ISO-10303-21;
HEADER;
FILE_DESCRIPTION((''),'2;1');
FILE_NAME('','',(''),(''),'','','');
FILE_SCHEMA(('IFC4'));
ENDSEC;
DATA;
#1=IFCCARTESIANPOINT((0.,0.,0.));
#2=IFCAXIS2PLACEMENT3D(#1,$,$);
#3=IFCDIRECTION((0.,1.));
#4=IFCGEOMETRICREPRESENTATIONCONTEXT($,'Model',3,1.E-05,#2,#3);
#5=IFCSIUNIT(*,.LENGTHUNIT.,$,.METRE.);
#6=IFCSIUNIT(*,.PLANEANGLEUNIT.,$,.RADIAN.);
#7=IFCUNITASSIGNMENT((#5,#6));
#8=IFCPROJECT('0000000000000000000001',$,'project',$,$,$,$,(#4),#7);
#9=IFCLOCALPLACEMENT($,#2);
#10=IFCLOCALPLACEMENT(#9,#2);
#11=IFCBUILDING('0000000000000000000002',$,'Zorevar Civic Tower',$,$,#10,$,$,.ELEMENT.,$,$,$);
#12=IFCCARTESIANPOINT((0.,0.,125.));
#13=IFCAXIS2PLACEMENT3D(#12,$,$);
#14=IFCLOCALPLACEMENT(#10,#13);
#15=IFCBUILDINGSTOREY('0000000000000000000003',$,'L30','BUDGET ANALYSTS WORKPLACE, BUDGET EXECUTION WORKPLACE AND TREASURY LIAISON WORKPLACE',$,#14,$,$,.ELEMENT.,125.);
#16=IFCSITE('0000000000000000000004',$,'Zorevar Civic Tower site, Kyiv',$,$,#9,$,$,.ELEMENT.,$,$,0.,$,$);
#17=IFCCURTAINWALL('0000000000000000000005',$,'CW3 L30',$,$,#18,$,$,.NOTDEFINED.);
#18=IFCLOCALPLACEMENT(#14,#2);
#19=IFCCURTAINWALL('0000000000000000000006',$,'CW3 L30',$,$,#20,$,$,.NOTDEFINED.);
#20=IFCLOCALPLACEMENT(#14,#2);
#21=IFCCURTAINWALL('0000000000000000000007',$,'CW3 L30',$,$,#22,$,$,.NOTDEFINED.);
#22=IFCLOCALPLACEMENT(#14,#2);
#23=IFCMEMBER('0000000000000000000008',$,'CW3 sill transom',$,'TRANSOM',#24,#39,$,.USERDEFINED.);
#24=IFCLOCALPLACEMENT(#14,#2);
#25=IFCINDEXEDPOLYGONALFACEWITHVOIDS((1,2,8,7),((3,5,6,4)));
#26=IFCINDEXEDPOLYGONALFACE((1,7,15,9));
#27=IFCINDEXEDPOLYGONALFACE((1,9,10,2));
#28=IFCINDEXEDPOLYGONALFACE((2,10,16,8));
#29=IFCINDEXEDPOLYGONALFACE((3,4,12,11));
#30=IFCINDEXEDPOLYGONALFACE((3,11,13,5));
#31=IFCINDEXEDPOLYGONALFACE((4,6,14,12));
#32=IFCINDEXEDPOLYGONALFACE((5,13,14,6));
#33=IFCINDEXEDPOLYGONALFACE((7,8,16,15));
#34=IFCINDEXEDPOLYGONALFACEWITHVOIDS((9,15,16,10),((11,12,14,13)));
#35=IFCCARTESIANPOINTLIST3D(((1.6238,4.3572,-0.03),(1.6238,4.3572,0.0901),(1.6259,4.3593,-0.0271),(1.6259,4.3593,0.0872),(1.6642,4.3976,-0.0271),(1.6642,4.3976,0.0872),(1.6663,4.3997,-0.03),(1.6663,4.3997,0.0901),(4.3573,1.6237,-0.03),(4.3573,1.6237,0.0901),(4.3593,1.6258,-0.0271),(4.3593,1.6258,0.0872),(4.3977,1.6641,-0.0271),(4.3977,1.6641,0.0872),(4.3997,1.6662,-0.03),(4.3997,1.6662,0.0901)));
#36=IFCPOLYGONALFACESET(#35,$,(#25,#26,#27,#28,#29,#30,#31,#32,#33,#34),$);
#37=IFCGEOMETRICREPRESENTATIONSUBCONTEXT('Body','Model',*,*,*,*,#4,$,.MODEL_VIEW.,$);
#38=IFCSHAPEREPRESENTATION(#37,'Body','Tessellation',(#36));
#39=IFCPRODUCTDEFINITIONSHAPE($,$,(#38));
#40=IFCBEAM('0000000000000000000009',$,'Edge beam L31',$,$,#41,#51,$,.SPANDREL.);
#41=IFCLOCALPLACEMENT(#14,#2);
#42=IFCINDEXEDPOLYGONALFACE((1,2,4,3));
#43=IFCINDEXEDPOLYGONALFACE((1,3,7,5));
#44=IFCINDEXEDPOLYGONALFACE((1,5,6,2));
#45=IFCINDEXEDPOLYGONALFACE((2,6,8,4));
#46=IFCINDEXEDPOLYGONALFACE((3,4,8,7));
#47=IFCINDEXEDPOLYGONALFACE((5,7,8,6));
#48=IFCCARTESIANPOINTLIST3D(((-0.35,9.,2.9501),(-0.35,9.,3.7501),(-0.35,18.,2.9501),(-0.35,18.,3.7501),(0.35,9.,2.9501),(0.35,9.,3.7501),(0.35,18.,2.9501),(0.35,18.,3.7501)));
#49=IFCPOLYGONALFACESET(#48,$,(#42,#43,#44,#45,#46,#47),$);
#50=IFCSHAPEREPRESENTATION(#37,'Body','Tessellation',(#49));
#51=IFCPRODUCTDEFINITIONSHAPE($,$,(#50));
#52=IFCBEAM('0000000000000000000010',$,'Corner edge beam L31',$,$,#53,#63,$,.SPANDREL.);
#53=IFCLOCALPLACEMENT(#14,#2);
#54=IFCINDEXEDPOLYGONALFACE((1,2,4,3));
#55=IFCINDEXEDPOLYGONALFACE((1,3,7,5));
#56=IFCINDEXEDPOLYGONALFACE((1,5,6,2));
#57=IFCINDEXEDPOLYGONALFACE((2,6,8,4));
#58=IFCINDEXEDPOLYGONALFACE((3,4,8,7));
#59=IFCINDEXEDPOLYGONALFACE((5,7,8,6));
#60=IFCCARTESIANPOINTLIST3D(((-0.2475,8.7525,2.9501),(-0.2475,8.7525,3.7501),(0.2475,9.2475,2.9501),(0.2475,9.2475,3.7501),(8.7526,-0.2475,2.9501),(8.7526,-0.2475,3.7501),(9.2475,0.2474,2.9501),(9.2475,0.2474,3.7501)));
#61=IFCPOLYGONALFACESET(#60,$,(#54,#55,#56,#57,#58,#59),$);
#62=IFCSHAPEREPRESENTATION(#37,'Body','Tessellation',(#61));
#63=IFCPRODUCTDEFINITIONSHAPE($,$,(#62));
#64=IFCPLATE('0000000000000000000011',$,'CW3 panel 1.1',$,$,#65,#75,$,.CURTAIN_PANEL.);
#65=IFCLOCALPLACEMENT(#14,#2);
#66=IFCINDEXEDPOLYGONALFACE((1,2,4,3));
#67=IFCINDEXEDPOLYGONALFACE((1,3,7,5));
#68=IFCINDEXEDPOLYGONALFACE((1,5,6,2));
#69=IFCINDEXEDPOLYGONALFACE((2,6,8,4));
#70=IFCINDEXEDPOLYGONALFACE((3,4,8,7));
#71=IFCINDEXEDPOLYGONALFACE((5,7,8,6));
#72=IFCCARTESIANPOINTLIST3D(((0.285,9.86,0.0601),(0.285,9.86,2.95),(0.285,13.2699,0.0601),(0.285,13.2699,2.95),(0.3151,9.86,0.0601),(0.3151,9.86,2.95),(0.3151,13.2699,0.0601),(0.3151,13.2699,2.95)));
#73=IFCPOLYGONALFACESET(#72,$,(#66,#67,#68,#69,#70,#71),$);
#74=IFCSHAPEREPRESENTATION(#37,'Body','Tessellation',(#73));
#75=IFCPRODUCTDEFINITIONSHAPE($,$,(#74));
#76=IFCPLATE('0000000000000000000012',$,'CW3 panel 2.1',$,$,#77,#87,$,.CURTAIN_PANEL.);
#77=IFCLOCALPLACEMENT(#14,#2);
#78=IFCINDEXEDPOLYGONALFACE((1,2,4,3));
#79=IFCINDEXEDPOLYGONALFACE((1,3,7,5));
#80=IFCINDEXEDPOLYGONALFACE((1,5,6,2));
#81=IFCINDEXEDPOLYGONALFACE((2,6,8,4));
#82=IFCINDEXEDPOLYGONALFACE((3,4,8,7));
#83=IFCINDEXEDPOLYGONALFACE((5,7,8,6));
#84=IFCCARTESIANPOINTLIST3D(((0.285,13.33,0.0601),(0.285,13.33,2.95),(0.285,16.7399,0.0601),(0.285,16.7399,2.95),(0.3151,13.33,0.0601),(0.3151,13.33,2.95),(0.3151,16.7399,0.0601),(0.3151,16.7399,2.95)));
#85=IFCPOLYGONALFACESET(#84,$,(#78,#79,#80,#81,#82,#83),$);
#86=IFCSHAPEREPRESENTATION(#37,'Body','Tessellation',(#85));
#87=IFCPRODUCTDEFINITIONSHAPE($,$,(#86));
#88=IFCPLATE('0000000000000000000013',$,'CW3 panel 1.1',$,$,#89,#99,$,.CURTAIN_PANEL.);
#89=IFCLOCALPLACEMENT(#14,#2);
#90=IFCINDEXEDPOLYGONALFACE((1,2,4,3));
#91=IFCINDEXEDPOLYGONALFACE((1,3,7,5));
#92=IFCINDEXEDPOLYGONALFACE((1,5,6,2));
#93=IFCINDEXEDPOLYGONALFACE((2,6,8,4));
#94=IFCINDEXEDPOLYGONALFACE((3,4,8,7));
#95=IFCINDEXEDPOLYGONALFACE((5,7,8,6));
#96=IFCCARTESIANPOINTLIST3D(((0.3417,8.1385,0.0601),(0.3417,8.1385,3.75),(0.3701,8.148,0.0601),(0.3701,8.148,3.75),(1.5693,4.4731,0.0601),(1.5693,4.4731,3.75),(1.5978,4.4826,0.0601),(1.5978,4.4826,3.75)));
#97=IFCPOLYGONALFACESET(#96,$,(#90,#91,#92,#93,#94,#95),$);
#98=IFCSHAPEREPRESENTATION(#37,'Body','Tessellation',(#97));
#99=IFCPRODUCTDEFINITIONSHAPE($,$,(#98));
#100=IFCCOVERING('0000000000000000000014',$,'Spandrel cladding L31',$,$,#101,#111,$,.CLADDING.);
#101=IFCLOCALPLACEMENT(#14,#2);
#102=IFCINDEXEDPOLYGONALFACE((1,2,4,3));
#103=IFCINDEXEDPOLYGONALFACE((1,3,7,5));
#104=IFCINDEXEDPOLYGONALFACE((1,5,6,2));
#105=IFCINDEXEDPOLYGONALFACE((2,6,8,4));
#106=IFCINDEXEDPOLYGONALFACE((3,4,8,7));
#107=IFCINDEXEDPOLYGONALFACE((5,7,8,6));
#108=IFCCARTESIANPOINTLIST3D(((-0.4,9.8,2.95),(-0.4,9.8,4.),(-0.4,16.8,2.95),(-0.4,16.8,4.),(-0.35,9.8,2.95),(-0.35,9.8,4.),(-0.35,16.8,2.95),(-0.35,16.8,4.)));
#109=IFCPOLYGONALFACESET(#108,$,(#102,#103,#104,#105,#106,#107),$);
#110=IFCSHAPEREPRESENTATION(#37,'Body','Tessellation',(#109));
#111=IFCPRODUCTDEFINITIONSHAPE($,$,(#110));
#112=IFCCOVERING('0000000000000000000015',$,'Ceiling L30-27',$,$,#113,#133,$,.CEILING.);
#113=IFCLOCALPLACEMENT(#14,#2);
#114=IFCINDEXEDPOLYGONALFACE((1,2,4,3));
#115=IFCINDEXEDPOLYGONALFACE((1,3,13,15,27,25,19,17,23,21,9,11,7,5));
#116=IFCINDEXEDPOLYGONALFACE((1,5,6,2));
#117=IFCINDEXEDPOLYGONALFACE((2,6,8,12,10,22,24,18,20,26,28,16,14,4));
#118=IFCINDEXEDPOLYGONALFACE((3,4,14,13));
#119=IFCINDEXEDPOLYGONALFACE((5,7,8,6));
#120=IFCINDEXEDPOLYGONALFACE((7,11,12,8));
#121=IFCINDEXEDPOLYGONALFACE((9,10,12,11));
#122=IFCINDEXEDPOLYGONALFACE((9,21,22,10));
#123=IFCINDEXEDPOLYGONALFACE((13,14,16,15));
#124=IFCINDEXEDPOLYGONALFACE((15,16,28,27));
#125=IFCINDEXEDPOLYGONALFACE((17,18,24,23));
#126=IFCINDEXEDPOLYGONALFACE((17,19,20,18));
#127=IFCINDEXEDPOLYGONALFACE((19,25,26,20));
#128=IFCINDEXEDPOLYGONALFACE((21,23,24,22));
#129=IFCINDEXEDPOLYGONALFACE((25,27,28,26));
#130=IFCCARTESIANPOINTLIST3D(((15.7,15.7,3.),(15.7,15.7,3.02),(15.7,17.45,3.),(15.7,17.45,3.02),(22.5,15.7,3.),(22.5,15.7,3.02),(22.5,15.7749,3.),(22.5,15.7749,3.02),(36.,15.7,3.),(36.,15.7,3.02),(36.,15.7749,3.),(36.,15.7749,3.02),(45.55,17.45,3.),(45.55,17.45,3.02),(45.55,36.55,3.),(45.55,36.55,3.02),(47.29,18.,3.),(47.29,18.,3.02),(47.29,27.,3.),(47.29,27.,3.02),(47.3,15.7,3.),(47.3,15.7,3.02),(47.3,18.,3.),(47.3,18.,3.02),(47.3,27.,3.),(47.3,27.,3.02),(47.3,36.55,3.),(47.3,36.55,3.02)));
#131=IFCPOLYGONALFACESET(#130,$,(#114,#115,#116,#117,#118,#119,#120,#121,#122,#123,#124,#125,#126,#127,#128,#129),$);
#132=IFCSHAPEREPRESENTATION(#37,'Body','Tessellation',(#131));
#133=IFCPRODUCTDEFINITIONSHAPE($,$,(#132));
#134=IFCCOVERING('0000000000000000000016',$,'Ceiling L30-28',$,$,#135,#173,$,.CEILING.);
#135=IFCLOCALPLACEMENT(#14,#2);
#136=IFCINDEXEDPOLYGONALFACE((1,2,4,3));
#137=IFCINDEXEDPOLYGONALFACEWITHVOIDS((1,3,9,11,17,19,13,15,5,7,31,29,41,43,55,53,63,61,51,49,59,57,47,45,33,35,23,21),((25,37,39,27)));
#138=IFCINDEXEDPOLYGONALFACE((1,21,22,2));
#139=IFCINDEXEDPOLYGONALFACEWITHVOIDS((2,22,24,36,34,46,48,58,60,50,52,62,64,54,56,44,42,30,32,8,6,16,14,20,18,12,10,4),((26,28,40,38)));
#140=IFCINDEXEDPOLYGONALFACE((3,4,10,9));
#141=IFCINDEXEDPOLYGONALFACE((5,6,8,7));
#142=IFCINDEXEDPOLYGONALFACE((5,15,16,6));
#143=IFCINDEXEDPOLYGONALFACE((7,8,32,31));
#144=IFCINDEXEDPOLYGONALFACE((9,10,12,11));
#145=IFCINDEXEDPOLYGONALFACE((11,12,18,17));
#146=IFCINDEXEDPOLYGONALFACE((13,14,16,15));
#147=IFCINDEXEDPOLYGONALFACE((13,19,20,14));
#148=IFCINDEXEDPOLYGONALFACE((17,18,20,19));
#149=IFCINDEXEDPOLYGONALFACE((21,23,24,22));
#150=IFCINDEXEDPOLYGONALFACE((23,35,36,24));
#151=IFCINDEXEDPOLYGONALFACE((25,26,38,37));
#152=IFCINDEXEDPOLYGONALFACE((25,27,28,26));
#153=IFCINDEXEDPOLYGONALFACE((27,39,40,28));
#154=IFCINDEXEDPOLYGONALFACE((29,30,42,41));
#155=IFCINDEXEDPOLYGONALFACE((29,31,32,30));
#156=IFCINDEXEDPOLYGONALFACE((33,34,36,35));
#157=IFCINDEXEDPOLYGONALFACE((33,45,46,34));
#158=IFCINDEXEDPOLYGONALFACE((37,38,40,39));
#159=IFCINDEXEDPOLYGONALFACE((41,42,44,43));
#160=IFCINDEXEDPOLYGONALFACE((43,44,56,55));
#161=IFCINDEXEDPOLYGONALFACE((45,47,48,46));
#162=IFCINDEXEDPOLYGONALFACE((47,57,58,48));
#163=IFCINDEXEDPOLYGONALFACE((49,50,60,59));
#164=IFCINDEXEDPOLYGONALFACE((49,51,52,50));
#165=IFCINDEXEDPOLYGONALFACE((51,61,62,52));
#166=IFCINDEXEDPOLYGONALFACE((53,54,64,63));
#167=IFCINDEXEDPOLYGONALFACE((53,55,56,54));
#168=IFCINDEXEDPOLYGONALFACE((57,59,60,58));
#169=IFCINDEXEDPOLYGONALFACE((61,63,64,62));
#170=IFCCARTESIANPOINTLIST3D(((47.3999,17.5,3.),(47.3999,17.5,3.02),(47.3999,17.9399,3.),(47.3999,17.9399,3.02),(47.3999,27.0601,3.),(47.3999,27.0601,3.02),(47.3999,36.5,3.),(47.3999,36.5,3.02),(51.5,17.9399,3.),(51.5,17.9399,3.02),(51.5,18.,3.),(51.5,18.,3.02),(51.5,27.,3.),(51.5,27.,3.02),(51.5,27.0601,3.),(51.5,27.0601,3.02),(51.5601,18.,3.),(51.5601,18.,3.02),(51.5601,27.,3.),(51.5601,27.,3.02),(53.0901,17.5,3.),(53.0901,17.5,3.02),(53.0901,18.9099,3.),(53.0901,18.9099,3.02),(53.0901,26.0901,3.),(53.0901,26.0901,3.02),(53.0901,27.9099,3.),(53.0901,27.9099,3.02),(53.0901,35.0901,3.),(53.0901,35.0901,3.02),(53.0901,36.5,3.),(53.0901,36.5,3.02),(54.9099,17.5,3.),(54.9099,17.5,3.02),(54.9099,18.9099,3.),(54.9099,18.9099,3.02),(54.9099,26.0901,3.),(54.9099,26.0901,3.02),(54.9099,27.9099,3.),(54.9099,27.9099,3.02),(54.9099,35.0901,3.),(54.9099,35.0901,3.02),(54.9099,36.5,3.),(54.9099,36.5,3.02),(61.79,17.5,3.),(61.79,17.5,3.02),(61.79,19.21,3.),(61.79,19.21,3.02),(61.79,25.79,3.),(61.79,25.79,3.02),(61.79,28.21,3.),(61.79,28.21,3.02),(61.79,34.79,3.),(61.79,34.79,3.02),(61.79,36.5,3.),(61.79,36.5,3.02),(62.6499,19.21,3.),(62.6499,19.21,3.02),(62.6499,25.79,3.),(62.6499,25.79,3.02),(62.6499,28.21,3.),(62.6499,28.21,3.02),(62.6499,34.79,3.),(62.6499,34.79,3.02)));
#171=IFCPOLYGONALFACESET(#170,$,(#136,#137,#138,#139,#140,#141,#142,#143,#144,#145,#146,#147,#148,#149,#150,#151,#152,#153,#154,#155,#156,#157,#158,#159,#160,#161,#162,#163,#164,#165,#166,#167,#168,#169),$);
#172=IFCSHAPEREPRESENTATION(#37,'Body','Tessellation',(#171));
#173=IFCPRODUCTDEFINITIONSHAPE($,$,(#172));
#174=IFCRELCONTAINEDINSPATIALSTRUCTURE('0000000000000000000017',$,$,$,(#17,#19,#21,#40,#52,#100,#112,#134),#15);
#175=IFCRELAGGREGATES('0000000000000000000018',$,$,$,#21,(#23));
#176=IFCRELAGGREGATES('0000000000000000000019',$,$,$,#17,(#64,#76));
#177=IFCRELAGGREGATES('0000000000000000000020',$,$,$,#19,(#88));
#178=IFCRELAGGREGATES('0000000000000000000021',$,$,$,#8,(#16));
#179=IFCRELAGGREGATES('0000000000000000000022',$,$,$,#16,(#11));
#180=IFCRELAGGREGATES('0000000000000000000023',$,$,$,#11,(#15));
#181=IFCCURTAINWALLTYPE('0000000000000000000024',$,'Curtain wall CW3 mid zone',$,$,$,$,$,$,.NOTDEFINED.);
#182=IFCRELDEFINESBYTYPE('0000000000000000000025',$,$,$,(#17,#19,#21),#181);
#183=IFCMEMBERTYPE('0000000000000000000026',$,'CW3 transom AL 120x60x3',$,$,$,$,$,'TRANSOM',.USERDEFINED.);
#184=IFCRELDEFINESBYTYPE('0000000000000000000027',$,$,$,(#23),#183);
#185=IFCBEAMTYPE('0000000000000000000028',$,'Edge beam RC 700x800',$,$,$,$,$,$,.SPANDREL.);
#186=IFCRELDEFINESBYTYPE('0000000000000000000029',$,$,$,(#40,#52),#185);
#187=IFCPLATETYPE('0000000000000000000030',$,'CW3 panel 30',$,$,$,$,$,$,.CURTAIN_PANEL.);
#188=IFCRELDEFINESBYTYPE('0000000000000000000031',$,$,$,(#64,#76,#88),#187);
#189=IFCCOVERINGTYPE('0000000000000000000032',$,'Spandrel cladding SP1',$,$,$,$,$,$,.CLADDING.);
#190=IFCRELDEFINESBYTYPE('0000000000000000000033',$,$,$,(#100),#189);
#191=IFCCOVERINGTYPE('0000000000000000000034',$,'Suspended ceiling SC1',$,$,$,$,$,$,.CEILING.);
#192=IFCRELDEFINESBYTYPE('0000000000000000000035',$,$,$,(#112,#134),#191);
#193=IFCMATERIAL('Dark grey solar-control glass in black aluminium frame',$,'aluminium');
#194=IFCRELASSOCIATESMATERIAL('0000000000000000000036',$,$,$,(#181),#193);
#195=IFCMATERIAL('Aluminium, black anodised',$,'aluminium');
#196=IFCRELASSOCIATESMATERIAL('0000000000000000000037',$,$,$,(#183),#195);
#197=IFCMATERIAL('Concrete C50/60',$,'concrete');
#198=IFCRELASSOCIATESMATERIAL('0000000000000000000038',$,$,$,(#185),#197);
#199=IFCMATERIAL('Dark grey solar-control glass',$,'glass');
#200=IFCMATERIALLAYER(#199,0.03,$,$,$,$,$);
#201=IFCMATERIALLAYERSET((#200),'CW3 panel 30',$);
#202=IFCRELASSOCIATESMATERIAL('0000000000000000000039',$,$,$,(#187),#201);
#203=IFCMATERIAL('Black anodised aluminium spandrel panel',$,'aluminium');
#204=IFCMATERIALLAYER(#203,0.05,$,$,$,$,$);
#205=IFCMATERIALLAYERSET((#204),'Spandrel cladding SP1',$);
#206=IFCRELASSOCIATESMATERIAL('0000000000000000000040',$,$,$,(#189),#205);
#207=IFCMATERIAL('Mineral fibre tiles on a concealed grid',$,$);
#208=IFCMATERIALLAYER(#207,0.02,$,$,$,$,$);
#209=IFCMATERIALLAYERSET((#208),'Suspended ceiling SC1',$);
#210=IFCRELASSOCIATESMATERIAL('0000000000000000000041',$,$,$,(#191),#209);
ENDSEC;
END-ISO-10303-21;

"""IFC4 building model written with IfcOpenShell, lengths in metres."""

from ifc_helpers import new_model, si_unit, direction, frame, frame_2d, origin, origin_2d, place, context, subcontext, project, spatial, polyline, rectangle, hollow_rectangle, outline, extrude, material, layer, layer_set, material_profile, profile_set, type_object, element, aggregate, save


model = new_model("IFC4")

# Units and contexts
model_context = context("Model", 3, precision=1e-05, world=origin(), true_north=direction((0.0, 1.0)))
body_context = subcontext(model_context, "Body", "Model", "MODEL_VIEW")
ifc_project = project(units=[si_unit("LENGTHUNIT", "METRE"), si_unit("PLANEANGLEUNIT", "RADIAN")], contexts=[model_context])

# Site, building, storey
site_placement = place(None, origin())
site = spatial("IfcSite", under=ifc_project, at=site_placement, Name="Zorevar Civic Tower site, Kyiv", CompositionType="ELEMENT", RefElevation=0.0)
building_placement = place(site_placement, origin())
building = spatial("IfcBuilding", under=site, at=building_placement, Name="Zorevar Civic Tower", CompositionType="ELEMENT")
storey_placement = place(building_placement, frame((0.0, 0.0, 125.0)))
storey = spatial("IfcBuildingStorey", under=building, at=storey_placement, Name="L30", Description="BUDGET ANALYSTS WORKPLACE, BUDGET EXECUTION WORKPLACE AND TREASURY LIAISON WORKPLACE", CompositionType="ELEMENT", Elevation=125.0)

# Curtain walls
ifc_material_1 = material(Name="Dark grey solar-control glass in black aluminium frame", Category="aluminium")
curtain_wall_type = type_object("IfcCurtainWallType", Name="Curtain wall CW3 mid zone", PredefinedType="NOTDEFINED", material=ifc_material_1)
curtain_wall_1_placement = place(storey_placement, origin())
curtain_wall_1 = element("IfcCurtainWall", 1, at=curtain_wall_1_placement, inside=storey, type_object=curtain_wall_type, Name="CW3 L30", PredefinedType="NOTDEFINED")
curtain_wall_2_placement = place(storey_placement, origin())
curtain_wall_2 = element("IfcCurtainWall", 2, at=curtain_wall_2_placement, inside=storey, type_object=curtain_wall_type, Name="CW3 L30", PredefinedType="NOTDEFINED")

# Curtain wall
curtain_wall_3_placement = place(storey_placement, origin())
curtain_wall_3 = element("IfcCurtainWall", 3, at=curtain_wall_3_placement, inside=storey, type_object=curtain_wall_type, Name="CW3 L30", PredefinedType="NOTDEFINED")

# Member
ifc_material_2 = material(Name="Aluminium, black anodised", Category="aluminium")
ifc_material_profile_1 = material_profile(ifc_material_2, hollow_rectangle(XDim=0.0601, YDim=0.1201, WallThickness=0.0029, at=origin_2d()), Name="AL 120x60x3")
ifc_profile_set_1 = profile_set([ifc_material_profile_1], Name="Aluminium, black anodised")
member_type_1 = type_object("IfcMemberType", Name="CW3 transom AL 120x60x3", ElementType="TRANSOM", PredefinedType="USERDEFINED", material=ifc_profile_set_1)
member_1_placement = place(storey_placement, frame((1.645, 4.3784, 0.03), z_axis=(0.707107, -0.707107, 0.0), x_axis=(0.707107, 0.707107, 0.0)))
member_1 = element("IfcMember", 4, at=member_1_placement, type_object=member_type_1, Name="CW3 sill transom", ObjectType="TRANSOM", PredefinedType="USERDEFINED", context=body_context, shape_type="SweptSolid", body=[
    extrude(hollow_rectangle(XDim=0.0601, YDim=0.1201, WallThickness=0.0029, at=origin_2d()), origin(), (0.0, 0.0, 1.0), 3.8657),
])
aggregate(curtain_wall_3, [member_1])

# Beams
ifc_material_3 = material(Name="Concrete C50/60", Category="concrete")
ifc_material_profile_2 = material_profile(ifc_material_3, rectangle(XDim=0.7, YDim=0.8, at=origin_2d()), Name="RC 700x800")
ifc_profile_set_2 = profile_set([ifc_material_profile_2], Name="Concrete C50/60")
beam_type_1 = type_object("IfcBeamType", Name="Edge beam RC 700x800", PredefinedType="SPANDREL", material=ifc_profile_set_2)
beam_1_placement = place(storey_placement, frame((0.0, 9.0, 3.3501), z_axis=(0.0, 1.0, 0.0), x_axis=(-1.0, 0.0, 0.0)))
element("IfcBeam", 5, at=beam_1_placement, inside=storey, type_object=beam_type_1, Name="Edge beam L31", PredefinedType="SPANDREL", context=body_context, shape_type="SweptSolid", body=[
    extrude(rectangle(XDim=0.7, YDim=0.8, at=origin_2d()), origin(), (0.0, 0.0, 1.0), 9.0),
])
beam_2_placement = place(storey_placement, frame((0.0, 9.0, 3.3501), z_axis=(0.707107, -0.707107, 0.0), x_axis=(0.707107, 0.707107, 0.0)))
element("IfcBeam", 6, at=beam_2_placement, inside=storey, type_object=beam_type_1, Name="Corner edge beam L31", PredefinedType="SPANDREL", context=body_context, shape_type="SweptSolid", body=[
    extrude(rectangle(XDim=0.7, YDim=0.8, at=origin_2d()), origin(), (0.0, 0.0, 1.0), 12.728),
])

# Plates
ifc_material_4 = material(Name="Dark grey solar-control glass", Category="glass")
ifc_layer_1 = layer(ifc_material_4, 0.03)
ifc_layer_set_1 = layer_set([ifc_layer_1], Name="CW3 panel 30")
plate_type = type_object("IfcPlateType", Name="CW3 panel 30", PredefinedType="CURTAIN_PANEL", material=ifc_layer_set_1)
plate_1_placement = place(storey_placement, frame((0.3, 11.5649, 0.0601), z_axis=(0.0, 0.0, 1.0), x_axis=(0.0, 1.0, 0.0)))
plate_1 = element("IfcPlate", 7, at=plate_1_placement, type_object=plate_type, Name="CW3 panel 1.1", PredefinedType="CURTAIN_PANEL", context=body_context, shape_type="SweptSolid", body=[
    extrude(rectangle(XDim=3.4099, YDim=0.03, at=origin_2d()), origin(), (0.0, 0.0, 1.0), 2.8899),
])
plate_2_placement = place(storey_placement, frame((0.3, 15.0349, 0.0601), z_axis=(0.0, 0.0, 1.0), x_axis=(0.0, 1.0, 0.0)))
plate_2 = element("IfcPlate", 8, at=plate_2_placement, type_object=plate_type, Name="CW3 panel 2.1", PredefinedType="CURTAIN_PANEL", context=body_context, shape_type="SweptSolid", body=[
    extrude(rectangle(XDim=3.4099, YDim=0.03, at=origin_2d()), origin(), (0.0, 0.0, 1.0), 2.8899),
])
aggregate(curtain_wall_1, [plate_1, plate_2])
plate_3_placement = place(storey_placement, frame((0.9697, 6.3105, 0.0601), z_axis=(0.0, 0.0, 1.0), x_axis=(0.317593, -0.948227, 0.0)))
plate_3 = element("IfcPlate", 9, at=plate_3_placement, type_object=plate_type, Name="CW3 panel 1.1", PredefinedType="CURTAIN_PANEL", context=body_context, shape_type="SweptSolid", body=[
    extrude(rectangle(XDim=3.8655, YDim=0.03, at=origin_2d()), origin(), (0.0, 0.0, 1.0), 3.6899),
])
aggregate(curtain_wall_2, [plate_3])

# Coverings
ifc_material_5 = material(Name="Black anodised aluminium spandrel panel", Category="aluminium")
ifc_layer_2 = layer(ifc_material_5, 0.05)
ifc_layer_set_2 = layer_set([ifc_layer_2], Name="Spandrel cladding SP1")
covering_type_1 = type_object("IfcCoveringType", Name="Spandrel cladding SP1", PredefinedType="CLADDING", material=ifc_layer_set_2)
covering_1_placement = place(storey_placement, frame((-0.375, 9.8, 2.95), z_axis=(0.0, 0.0, 1.0), x_axis=(0.0, 1.0, 0.0)))
element("IfcCovering", 10, at=covering_1_placement, inside=storey, type_object=covering_type_1, Name="Spandrel cladding L31", PredefinedType="CLADDING", context=body_context, shape_type="SweptSolid", body=[
    extrude(rectangle(XDim=7.0, YDim=0.05, at=frame_2d((3.5, 0.0))), origin(), (0.0, 0.0, 1.0), 1.05),
])
ifc_material_6 = material(Name="Mineral fibre tiles on a concealed grid")
ifc_layer_3 = layer(ifc_material_6, 0.02)
ifc_layer_set_3 = layer_set([ifc_layer_3], Name="Suspended ceiling SC1")
covering_type_2 = type_object("IfcCoveringType", Name="Suspended ceiling SC1", PredefinedType="CEILING", material=ifc_layer_set_3)
covering_2_placement = place(storey_placement, frame((0.0, 0.0, 3.0)))
element("IfcCovering", 11, at=covering_2_placement, inside=storey, type_object=covering_type_2, Name="Ceiling L30-27", PredefinedType="CEILING", context=body_context, shape_type="SweptSolid", body=[
    extrude(outline(polyline([(47.3, 27.0), (47.29, 27.0), (47.29, 18.0), (47.3, 18.0), (47.3, 15.7), (36.0, 15.7), (36.0, 15.7749), (22.5, 15.7749), (22.5, 15.7), (15.7, 15.7), (15.7, 17.45), (45.55, 17.45), (45.55, 36.55), (47.3, 36.55), (47.3, 27.0)])), origin(), (0.0, 0.0, 1.0), 0.02),
])
covering_3_placement = place(storey_placement, frame((0.0, 0.0, 3.0)))
element("IfcCovering", 12, at=covering_3_placement, inside=storey, type_object=covering_type_2, Name="Ceiling L30-28", PredefinedType="CEILING", context=body_context, shape_type="SweptSolid", body=[
    extrude(outline(polyline([(51.5, 27.0601), (47.3999, 27.0601), (47.3999, 36.5), (53.0901, 36.5), (53.0901, 35.0901), (54.9099, 35.0901), (54.9099, 36.5), (61.79, 36.5), (61.79, 34.79), (62.6499, 34.79), (62.6499, 28.21), (61.79, 28.21), (61.79, 25.79), (62.6499, 25.79), (62.6499, 19.21), (61.79, 19.21), (61.79, 17.5), (54.9099, 17.5), (54.9099, 18.9099), (53.0901, 18.9099), (53.0901, 17.5), (47.3999, 17.5), (47.3999, 17.9399), (51.5, 17.9399), (51.5, 18.0), (51.5601, 18.0), (51.5601, 27.0), (51.5, 27.0), (51.5, 27.0601)]), holes=[polyline([(54.9099, 27.9099), (53.0901, 27.9099), (53.0901, 26.0901), (54.9099, 26.0901), (54.9099, 27.9099)])]), origin(), (0.0, 0.0, 1.0), 0.02),
])

save(model, "model.ifc")
